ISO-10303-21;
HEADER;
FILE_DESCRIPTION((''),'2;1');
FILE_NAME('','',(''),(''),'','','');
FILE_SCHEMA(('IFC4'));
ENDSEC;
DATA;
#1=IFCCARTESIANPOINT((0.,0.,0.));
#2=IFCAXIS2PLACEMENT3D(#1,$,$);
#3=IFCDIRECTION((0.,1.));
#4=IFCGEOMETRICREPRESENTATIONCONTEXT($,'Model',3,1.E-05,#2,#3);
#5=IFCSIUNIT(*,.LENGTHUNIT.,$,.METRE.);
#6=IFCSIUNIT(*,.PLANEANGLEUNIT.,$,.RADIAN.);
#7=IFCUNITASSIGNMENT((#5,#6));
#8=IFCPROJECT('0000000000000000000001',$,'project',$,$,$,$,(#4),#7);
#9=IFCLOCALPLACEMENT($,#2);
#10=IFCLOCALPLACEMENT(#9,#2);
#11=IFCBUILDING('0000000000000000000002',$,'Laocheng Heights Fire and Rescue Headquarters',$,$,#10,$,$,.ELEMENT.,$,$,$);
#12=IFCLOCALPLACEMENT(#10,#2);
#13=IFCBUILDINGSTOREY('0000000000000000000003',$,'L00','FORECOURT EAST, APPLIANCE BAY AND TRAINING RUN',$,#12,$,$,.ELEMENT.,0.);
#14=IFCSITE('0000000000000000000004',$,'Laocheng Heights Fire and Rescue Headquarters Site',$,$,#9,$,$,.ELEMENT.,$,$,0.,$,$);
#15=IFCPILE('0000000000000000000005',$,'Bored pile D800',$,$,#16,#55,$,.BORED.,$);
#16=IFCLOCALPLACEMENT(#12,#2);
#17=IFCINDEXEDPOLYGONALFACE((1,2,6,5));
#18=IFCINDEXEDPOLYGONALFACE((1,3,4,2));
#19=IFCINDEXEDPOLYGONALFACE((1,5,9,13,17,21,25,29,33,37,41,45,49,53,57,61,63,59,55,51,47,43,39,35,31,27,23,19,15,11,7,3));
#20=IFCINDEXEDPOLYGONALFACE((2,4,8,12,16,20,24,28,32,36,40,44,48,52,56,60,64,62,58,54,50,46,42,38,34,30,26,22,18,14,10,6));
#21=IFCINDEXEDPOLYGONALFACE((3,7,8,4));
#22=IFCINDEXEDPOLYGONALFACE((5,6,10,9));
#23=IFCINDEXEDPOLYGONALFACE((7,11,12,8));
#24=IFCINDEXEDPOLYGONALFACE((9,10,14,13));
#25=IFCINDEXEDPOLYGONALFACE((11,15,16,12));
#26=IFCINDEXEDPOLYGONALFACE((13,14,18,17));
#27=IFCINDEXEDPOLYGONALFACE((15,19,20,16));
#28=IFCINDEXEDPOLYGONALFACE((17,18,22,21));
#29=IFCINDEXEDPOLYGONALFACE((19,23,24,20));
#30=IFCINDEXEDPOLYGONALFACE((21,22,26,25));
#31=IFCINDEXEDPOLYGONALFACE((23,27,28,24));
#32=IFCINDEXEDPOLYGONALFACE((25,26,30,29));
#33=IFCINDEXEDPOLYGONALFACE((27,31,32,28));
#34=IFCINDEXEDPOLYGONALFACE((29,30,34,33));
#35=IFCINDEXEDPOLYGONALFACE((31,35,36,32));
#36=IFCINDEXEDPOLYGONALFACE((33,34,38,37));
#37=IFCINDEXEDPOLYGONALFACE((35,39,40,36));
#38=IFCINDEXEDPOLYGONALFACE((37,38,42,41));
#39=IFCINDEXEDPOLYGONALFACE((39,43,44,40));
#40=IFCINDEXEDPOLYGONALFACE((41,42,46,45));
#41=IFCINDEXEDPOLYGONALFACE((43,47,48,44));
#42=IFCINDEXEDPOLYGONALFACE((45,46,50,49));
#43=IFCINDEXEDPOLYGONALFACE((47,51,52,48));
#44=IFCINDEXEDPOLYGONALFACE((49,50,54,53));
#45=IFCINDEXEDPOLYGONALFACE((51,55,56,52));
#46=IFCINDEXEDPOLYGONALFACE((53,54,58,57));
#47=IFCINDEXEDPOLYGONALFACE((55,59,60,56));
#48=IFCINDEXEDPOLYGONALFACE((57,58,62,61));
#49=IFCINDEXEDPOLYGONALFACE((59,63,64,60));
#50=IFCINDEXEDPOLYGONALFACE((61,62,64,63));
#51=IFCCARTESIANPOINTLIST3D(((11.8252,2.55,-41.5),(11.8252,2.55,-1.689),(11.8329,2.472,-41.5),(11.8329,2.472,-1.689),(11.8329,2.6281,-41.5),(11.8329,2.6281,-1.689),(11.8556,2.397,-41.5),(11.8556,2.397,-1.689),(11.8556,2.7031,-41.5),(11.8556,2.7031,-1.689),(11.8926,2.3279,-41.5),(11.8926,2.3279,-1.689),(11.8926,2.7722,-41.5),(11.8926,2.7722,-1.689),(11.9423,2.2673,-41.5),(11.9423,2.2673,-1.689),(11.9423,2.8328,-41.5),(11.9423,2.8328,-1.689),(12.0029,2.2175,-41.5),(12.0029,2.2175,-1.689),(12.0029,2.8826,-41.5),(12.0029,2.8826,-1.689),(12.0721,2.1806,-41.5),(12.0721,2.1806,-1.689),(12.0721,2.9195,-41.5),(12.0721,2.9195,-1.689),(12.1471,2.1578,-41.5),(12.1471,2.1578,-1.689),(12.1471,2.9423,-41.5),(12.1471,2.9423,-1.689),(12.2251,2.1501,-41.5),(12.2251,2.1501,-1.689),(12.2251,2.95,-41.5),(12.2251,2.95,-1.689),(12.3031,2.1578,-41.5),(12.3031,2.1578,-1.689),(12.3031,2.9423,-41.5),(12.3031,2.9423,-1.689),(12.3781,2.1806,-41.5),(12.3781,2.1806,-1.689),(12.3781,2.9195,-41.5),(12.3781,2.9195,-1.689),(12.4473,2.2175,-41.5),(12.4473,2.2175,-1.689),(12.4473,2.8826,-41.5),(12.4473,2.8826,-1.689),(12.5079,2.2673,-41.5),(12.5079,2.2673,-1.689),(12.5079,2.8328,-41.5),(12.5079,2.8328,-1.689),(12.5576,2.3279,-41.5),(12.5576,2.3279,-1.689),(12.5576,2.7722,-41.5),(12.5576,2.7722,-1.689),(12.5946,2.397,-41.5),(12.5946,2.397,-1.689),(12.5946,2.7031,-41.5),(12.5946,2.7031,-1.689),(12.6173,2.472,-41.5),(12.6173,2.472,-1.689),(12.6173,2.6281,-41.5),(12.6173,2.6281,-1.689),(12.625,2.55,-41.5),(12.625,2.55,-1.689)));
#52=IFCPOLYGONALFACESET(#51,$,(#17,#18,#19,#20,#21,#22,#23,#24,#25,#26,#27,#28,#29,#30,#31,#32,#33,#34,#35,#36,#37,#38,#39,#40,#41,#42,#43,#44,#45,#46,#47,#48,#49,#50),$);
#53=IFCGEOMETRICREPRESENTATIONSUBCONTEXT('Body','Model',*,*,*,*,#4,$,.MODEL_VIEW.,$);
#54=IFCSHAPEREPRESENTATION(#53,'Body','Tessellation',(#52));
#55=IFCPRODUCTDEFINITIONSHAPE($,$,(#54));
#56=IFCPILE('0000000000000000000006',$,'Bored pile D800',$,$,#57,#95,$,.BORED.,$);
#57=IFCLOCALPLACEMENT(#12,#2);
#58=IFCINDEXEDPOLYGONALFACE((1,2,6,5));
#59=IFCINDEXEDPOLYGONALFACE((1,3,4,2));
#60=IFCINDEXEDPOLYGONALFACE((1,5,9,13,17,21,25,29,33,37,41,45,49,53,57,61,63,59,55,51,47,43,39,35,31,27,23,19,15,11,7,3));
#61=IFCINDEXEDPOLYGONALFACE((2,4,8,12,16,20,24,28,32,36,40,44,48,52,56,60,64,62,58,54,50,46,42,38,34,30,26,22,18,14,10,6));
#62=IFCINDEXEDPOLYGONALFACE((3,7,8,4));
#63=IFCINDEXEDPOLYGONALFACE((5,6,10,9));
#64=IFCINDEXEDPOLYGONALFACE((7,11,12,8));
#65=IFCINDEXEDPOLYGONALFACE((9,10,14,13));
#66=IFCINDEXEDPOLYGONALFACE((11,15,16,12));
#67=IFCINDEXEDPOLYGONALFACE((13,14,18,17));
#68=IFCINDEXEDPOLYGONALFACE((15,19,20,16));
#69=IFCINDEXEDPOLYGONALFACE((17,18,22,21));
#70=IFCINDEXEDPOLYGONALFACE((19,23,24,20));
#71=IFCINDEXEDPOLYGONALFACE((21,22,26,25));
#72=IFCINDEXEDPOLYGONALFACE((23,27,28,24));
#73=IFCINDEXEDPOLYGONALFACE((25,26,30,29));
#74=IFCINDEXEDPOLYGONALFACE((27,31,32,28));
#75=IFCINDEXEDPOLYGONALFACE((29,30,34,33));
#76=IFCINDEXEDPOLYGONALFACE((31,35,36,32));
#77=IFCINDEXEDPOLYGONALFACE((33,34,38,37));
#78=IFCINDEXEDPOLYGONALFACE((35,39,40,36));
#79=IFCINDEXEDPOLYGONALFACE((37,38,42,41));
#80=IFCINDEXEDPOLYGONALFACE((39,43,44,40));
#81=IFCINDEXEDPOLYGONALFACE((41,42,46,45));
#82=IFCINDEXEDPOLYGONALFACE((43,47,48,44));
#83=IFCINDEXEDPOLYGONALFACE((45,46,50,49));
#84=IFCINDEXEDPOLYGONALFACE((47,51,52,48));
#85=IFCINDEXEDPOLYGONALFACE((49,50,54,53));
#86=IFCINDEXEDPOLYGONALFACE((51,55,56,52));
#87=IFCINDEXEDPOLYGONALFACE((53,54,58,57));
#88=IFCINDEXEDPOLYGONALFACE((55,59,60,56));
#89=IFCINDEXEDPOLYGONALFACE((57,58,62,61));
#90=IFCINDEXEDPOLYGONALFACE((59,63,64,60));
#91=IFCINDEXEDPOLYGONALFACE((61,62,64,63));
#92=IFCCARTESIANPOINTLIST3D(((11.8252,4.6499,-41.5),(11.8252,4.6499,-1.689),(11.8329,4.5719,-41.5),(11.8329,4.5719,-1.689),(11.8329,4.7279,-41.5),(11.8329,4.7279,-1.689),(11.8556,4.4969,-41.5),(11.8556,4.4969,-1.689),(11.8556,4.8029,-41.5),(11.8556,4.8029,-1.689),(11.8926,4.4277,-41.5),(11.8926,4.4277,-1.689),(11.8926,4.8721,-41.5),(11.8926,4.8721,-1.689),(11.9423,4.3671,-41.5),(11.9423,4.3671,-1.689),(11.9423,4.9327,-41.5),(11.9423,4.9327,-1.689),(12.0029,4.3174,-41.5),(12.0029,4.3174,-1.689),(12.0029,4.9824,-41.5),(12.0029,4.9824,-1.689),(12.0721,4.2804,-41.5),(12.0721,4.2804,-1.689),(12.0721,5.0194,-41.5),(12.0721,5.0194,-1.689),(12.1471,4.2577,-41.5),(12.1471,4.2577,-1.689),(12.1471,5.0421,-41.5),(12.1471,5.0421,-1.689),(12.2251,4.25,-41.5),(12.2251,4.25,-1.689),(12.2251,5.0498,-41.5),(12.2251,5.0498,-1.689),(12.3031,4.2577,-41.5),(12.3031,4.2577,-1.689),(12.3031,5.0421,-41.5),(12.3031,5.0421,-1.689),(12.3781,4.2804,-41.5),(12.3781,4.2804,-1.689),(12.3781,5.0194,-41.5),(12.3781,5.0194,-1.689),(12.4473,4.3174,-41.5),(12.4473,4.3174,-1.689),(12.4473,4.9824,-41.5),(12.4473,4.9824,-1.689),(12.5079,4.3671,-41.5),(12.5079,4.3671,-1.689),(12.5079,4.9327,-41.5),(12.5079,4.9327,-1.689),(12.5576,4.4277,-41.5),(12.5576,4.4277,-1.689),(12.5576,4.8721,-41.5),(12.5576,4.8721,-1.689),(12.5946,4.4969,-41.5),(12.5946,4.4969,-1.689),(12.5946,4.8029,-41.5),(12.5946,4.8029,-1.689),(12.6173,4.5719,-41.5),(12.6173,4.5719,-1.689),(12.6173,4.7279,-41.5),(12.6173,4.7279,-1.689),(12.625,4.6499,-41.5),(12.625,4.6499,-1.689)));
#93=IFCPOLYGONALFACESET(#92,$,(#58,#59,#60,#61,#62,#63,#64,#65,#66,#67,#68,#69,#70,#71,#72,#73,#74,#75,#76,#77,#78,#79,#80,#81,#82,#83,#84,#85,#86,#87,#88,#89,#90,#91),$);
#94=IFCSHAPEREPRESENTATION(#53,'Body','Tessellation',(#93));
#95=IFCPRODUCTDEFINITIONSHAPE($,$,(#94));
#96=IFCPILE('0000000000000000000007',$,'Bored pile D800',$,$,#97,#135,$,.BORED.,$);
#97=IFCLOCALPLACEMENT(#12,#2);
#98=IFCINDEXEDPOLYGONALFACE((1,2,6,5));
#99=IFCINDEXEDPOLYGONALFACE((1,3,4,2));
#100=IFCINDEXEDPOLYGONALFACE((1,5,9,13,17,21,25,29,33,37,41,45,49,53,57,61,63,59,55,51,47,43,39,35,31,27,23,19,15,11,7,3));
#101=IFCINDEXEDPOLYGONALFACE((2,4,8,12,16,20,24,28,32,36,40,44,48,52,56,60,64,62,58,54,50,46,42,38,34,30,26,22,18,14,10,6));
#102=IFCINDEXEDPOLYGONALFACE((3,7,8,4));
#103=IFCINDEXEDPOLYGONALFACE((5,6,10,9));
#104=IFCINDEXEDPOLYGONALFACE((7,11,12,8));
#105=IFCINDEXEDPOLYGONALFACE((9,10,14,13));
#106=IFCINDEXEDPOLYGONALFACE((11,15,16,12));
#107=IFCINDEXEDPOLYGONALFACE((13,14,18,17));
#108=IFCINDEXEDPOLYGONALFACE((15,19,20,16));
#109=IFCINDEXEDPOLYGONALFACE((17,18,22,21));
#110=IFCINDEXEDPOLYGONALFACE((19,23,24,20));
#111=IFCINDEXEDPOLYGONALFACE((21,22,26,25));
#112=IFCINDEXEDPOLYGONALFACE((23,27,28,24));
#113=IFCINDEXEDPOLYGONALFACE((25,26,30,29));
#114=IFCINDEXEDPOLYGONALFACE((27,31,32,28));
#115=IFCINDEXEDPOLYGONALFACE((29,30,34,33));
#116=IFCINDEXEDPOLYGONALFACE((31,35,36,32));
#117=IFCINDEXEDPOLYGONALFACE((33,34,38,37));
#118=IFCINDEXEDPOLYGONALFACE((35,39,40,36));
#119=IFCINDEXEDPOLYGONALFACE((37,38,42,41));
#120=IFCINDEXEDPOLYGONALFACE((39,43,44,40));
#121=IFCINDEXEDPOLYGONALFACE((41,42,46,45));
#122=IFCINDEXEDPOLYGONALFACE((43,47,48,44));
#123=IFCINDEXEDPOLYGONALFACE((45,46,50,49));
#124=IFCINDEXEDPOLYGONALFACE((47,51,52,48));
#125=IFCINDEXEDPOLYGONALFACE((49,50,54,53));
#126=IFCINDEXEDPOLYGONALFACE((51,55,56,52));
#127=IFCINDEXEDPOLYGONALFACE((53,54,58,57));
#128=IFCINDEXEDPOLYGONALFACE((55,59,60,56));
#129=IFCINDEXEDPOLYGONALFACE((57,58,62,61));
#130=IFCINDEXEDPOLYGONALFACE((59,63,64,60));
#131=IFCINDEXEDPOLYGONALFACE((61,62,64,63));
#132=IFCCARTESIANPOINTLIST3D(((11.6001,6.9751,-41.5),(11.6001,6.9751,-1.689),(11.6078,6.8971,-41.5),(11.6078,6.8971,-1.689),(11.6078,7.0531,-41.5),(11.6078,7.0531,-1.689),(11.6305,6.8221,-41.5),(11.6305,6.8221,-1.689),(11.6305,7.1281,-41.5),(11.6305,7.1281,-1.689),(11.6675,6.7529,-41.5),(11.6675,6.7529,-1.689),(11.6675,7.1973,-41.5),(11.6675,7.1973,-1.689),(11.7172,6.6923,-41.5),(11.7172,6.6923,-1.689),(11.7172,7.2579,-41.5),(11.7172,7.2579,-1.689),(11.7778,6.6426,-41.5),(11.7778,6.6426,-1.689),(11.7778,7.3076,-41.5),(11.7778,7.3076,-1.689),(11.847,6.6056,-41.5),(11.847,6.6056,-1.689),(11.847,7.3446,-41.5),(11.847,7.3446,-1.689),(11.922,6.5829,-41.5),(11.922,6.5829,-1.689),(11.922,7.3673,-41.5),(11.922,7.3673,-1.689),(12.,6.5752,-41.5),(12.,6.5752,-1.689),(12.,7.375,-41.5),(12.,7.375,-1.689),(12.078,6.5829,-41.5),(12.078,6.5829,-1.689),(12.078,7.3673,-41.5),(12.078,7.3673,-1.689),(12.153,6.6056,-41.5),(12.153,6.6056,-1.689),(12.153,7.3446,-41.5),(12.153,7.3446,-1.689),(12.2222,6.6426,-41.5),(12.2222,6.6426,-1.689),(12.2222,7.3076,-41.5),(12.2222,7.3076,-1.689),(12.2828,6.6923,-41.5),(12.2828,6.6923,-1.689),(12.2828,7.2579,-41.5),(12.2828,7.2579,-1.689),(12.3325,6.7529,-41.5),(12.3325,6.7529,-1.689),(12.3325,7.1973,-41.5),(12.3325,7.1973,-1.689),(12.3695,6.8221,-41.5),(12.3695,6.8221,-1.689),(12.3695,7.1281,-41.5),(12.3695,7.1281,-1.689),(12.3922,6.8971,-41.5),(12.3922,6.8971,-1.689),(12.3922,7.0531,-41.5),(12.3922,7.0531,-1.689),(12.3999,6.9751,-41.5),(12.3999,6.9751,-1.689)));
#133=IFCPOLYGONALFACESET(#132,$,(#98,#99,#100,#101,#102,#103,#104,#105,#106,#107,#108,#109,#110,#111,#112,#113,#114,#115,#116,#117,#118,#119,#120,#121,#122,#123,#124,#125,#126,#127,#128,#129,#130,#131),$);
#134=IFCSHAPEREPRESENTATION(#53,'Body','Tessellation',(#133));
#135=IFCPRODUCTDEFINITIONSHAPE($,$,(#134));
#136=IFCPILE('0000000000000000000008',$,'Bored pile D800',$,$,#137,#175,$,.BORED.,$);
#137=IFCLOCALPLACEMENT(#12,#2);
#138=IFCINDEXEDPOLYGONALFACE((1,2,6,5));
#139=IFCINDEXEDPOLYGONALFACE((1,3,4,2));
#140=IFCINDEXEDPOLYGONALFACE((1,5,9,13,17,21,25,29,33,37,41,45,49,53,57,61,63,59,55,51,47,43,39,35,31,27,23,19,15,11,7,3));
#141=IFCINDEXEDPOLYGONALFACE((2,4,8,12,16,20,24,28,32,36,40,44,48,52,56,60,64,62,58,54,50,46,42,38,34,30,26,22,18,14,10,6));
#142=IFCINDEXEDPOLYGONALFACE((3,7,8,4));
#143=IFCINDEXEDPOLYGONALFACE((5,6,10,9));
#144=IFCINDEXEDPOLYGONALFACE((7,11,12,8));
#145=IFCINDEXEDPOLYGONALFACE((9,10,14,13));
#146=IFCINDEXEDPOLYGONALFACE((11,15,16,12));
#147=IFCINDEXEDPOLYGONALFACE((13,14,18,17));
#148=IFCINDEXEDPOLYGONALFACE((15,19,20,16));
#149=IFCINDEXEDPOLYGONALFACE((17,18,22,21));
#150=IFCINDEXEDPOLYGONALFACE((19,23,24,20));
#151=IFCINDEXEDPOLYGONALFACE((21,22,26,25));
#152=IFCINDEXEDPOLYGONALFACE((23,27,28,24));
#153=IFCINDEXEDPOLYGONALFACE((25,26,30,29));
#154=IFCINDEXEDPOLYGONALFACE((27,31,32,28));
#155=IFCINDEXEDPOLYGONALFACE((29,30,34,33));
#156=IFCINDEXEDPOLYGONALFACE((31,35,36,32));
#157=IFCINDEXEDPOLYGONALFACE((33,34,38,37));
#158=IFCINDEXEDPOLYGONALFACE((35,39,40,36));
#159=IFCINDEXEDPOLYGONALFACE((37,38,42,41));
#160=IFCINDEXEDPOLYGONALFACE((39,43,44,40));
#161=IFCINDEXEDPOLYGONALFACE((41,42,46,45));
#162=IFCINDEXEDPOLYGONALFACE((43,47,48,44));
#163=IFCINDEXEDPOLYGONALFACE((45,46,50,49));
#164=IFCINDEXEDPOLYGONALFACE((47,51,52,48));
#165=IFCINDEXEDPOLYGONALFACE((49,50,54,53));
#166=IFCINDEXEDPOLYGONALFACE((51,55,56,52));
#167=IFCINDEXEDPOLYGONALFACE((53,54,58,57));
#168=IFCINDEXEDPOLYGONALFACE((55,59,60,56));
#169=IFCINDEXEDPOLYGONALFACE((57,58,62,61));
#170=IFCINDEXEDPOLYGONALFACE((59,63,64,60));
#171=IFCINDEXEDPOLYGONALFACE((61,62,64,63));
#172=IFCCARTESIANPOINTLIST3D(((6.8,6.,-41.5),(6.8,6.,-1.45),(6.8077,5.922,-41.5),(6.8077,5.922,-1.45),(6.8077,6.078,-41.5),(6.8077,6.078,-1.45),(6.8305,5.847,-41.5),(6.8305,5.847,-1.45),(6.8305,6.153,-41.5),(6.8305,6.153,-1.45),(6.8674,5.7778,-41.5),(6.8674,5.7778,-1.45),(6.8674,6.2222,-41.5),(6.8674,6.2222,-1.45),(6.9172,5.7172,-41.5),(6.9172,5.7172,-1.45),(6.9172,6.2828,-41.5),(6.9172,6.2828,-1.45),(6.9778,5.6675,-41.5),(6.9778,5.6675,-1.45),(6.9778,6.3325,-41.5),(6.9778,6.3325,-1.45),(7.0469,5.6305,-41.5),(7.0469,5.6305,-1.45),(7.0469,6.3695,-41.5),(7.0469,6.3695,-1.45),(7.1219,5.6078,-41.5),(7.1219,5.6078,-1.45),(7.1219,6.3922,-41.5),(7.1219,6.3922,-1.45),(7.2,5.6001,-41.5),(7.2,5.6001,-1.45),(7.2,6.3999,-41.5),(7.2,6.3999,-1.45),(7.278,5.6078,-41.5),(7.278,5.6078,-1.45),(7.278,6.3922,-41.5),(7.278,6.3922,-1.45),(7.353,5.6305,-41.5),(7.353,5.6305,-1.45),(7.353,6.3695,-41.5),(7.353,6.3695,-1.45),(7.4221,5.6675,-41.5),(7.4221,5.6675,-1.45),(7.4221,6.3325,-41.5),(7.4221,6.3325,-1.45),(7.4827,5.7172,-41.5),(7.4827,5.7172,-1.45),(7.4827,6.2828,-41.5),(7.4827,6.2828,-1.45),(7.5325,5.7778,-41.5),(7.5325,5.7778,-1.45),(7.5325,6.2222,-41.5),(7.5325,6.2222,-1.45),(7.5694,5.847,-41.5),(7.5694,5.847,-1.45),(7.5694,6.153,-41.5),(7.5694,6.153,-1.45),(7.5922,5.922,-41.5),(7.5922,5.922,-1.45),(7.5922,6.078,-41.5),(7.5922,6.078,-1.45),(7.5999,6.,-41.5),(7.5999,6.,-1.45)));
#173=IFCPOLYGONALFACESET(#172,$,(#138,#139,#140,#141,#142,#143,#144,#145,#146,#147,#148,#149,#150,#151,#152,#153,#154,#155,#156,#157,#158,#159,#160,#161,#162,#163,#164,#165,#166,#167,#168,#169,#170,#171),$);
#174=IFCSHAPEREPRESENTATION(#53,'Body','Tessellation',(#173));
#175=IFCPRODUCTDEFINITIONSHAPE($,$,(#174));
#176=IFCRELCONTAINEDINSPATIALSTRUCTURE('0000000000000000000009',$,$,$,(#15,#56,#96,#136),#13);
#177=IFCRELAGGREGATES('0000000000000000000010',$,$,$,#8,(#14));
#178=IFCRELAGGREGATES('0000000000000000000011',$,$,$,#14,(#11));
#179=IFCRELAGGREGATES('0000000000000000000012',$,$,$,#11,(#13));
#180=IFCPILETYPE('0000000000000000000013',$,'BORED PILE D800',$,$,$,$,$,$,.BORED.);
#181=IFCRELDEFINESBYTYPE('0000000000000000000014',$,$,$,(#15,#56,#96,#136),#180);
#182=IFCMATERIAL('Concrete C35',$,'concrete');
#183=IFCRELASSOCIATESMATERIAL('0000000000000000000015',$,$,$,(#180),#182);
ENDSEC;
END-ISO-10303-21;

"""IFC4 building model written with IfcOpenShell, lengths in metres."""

from ifc_helpers import new_model, si_unit, direction, frame, origin, origin_2d, place, context, subcontext, project, spatial, circle, extrude, material, material_profile, profile_set, type_object, element, save


model = new_model("IFC4")

# Units and contexts
model_context = context("Model", 3, precision=1e-05, world=origin(), true_north=direction((0.0, 1.0)))
body_context = subcontext(model_context, "Body", "Model", "MODEL_VIEW")
ifc_project = project(units=[si_unit("LENGTHUNIT", "METRE"), si_unit("PLANEANGLEUNIT", "RADIAN")], contexts=[model_context])

# Site, building, storey
site_placement = place(None, origin())
site = spatial("IfcSite", under=ifc_project, at=site_placement, Name="Laocheng Heights Fire and Rescue Headquarters Site", CompositionType="ELEMENT", RefElevation=0.0)
building_placement = place(site_placement, origin())
building = spatial("IfcBuilding", under=site, at=building_placement, Name="Laocheng Heights Fire and Rescue Headquarters", CompositionType="ELEMENT")
storey_placement = place(building_placement, origin())
storey = spatial("IfcBuildingStorey", under=building, at=storey_placement, Name="L00", Description="FORECOURT EAST, APPLIANCE BAY AND TRAINING RUN", CompositionType="ELEMENT", Elevation=0.0)

# Piles
ifc_material_1 = material(Name="Concrete C35", Category="concrete")
ifc_material_profile_1 = material_profile(ifc_material_1, circle(Radius=0.3999, at=origin_2d()), Name="BORED PILE D800")
ifc_profile_set_1 = profile_set([ifc_material_profile_1], Name="Concrete C35")
pile_type = type_object("IfcPileType", Name="BORED PILE D800", PredefinedType="BORED", material=ifc_profile_set_1)
for number, where, z_axis, x_axis, name in (
    (1, (12.2251, 2.55, -1.689), (0.0, 0.0, -1.0), (1.0, 0.0, 0.0), "Bored pile D800"),
    (2, (12.2251, 4.6499, -1.689), (0.0, 0.0, -1.0), (1.0, 0.0, 0.0), "Bored pile D800"),
    (3, (12.0, 6.9751, -1.689), (0.0, 0.0, -1.0), (1.0, 0.0, 0.0), "Bored pile D800"),
):
    element("IfcPile", number, at=place(storey_placement, frame(where, z_axis=z_axis, x_axis=x_axis)), inside=storey, type_object=pile_type, Name=name, PredefinedType="BORED", context=body_context, shape_type="SweptSolid", body=[
        extrude(circle(Radius=0.3999, at=origin_2d()), origin(), (0.0, 0.0, 1.0), 39.811),
    ])
for number, where, z_axis, x_axis, name in (
    (4, (7.2, 6.0, -1.45), (0.0, 0.0, -1.0), (1.0, 0.0, 0.0), "Bored pile D800"),
):
    element("IfcPile", number, at=place(storey_placement, frame(where, z_axis=z_axis, x_axis=x_axis)), inside=storey, type_object=pile_type, Name=name, PredefinedType="BORED", context=body_context, shape_type="SweptSolid", body=[
        extrude(circle(Radius=0.3999, at=origin_2d()), origin(), (0.0, 0.0, 1.0), 40.05),
    ])

save(model, "model.ifc")
